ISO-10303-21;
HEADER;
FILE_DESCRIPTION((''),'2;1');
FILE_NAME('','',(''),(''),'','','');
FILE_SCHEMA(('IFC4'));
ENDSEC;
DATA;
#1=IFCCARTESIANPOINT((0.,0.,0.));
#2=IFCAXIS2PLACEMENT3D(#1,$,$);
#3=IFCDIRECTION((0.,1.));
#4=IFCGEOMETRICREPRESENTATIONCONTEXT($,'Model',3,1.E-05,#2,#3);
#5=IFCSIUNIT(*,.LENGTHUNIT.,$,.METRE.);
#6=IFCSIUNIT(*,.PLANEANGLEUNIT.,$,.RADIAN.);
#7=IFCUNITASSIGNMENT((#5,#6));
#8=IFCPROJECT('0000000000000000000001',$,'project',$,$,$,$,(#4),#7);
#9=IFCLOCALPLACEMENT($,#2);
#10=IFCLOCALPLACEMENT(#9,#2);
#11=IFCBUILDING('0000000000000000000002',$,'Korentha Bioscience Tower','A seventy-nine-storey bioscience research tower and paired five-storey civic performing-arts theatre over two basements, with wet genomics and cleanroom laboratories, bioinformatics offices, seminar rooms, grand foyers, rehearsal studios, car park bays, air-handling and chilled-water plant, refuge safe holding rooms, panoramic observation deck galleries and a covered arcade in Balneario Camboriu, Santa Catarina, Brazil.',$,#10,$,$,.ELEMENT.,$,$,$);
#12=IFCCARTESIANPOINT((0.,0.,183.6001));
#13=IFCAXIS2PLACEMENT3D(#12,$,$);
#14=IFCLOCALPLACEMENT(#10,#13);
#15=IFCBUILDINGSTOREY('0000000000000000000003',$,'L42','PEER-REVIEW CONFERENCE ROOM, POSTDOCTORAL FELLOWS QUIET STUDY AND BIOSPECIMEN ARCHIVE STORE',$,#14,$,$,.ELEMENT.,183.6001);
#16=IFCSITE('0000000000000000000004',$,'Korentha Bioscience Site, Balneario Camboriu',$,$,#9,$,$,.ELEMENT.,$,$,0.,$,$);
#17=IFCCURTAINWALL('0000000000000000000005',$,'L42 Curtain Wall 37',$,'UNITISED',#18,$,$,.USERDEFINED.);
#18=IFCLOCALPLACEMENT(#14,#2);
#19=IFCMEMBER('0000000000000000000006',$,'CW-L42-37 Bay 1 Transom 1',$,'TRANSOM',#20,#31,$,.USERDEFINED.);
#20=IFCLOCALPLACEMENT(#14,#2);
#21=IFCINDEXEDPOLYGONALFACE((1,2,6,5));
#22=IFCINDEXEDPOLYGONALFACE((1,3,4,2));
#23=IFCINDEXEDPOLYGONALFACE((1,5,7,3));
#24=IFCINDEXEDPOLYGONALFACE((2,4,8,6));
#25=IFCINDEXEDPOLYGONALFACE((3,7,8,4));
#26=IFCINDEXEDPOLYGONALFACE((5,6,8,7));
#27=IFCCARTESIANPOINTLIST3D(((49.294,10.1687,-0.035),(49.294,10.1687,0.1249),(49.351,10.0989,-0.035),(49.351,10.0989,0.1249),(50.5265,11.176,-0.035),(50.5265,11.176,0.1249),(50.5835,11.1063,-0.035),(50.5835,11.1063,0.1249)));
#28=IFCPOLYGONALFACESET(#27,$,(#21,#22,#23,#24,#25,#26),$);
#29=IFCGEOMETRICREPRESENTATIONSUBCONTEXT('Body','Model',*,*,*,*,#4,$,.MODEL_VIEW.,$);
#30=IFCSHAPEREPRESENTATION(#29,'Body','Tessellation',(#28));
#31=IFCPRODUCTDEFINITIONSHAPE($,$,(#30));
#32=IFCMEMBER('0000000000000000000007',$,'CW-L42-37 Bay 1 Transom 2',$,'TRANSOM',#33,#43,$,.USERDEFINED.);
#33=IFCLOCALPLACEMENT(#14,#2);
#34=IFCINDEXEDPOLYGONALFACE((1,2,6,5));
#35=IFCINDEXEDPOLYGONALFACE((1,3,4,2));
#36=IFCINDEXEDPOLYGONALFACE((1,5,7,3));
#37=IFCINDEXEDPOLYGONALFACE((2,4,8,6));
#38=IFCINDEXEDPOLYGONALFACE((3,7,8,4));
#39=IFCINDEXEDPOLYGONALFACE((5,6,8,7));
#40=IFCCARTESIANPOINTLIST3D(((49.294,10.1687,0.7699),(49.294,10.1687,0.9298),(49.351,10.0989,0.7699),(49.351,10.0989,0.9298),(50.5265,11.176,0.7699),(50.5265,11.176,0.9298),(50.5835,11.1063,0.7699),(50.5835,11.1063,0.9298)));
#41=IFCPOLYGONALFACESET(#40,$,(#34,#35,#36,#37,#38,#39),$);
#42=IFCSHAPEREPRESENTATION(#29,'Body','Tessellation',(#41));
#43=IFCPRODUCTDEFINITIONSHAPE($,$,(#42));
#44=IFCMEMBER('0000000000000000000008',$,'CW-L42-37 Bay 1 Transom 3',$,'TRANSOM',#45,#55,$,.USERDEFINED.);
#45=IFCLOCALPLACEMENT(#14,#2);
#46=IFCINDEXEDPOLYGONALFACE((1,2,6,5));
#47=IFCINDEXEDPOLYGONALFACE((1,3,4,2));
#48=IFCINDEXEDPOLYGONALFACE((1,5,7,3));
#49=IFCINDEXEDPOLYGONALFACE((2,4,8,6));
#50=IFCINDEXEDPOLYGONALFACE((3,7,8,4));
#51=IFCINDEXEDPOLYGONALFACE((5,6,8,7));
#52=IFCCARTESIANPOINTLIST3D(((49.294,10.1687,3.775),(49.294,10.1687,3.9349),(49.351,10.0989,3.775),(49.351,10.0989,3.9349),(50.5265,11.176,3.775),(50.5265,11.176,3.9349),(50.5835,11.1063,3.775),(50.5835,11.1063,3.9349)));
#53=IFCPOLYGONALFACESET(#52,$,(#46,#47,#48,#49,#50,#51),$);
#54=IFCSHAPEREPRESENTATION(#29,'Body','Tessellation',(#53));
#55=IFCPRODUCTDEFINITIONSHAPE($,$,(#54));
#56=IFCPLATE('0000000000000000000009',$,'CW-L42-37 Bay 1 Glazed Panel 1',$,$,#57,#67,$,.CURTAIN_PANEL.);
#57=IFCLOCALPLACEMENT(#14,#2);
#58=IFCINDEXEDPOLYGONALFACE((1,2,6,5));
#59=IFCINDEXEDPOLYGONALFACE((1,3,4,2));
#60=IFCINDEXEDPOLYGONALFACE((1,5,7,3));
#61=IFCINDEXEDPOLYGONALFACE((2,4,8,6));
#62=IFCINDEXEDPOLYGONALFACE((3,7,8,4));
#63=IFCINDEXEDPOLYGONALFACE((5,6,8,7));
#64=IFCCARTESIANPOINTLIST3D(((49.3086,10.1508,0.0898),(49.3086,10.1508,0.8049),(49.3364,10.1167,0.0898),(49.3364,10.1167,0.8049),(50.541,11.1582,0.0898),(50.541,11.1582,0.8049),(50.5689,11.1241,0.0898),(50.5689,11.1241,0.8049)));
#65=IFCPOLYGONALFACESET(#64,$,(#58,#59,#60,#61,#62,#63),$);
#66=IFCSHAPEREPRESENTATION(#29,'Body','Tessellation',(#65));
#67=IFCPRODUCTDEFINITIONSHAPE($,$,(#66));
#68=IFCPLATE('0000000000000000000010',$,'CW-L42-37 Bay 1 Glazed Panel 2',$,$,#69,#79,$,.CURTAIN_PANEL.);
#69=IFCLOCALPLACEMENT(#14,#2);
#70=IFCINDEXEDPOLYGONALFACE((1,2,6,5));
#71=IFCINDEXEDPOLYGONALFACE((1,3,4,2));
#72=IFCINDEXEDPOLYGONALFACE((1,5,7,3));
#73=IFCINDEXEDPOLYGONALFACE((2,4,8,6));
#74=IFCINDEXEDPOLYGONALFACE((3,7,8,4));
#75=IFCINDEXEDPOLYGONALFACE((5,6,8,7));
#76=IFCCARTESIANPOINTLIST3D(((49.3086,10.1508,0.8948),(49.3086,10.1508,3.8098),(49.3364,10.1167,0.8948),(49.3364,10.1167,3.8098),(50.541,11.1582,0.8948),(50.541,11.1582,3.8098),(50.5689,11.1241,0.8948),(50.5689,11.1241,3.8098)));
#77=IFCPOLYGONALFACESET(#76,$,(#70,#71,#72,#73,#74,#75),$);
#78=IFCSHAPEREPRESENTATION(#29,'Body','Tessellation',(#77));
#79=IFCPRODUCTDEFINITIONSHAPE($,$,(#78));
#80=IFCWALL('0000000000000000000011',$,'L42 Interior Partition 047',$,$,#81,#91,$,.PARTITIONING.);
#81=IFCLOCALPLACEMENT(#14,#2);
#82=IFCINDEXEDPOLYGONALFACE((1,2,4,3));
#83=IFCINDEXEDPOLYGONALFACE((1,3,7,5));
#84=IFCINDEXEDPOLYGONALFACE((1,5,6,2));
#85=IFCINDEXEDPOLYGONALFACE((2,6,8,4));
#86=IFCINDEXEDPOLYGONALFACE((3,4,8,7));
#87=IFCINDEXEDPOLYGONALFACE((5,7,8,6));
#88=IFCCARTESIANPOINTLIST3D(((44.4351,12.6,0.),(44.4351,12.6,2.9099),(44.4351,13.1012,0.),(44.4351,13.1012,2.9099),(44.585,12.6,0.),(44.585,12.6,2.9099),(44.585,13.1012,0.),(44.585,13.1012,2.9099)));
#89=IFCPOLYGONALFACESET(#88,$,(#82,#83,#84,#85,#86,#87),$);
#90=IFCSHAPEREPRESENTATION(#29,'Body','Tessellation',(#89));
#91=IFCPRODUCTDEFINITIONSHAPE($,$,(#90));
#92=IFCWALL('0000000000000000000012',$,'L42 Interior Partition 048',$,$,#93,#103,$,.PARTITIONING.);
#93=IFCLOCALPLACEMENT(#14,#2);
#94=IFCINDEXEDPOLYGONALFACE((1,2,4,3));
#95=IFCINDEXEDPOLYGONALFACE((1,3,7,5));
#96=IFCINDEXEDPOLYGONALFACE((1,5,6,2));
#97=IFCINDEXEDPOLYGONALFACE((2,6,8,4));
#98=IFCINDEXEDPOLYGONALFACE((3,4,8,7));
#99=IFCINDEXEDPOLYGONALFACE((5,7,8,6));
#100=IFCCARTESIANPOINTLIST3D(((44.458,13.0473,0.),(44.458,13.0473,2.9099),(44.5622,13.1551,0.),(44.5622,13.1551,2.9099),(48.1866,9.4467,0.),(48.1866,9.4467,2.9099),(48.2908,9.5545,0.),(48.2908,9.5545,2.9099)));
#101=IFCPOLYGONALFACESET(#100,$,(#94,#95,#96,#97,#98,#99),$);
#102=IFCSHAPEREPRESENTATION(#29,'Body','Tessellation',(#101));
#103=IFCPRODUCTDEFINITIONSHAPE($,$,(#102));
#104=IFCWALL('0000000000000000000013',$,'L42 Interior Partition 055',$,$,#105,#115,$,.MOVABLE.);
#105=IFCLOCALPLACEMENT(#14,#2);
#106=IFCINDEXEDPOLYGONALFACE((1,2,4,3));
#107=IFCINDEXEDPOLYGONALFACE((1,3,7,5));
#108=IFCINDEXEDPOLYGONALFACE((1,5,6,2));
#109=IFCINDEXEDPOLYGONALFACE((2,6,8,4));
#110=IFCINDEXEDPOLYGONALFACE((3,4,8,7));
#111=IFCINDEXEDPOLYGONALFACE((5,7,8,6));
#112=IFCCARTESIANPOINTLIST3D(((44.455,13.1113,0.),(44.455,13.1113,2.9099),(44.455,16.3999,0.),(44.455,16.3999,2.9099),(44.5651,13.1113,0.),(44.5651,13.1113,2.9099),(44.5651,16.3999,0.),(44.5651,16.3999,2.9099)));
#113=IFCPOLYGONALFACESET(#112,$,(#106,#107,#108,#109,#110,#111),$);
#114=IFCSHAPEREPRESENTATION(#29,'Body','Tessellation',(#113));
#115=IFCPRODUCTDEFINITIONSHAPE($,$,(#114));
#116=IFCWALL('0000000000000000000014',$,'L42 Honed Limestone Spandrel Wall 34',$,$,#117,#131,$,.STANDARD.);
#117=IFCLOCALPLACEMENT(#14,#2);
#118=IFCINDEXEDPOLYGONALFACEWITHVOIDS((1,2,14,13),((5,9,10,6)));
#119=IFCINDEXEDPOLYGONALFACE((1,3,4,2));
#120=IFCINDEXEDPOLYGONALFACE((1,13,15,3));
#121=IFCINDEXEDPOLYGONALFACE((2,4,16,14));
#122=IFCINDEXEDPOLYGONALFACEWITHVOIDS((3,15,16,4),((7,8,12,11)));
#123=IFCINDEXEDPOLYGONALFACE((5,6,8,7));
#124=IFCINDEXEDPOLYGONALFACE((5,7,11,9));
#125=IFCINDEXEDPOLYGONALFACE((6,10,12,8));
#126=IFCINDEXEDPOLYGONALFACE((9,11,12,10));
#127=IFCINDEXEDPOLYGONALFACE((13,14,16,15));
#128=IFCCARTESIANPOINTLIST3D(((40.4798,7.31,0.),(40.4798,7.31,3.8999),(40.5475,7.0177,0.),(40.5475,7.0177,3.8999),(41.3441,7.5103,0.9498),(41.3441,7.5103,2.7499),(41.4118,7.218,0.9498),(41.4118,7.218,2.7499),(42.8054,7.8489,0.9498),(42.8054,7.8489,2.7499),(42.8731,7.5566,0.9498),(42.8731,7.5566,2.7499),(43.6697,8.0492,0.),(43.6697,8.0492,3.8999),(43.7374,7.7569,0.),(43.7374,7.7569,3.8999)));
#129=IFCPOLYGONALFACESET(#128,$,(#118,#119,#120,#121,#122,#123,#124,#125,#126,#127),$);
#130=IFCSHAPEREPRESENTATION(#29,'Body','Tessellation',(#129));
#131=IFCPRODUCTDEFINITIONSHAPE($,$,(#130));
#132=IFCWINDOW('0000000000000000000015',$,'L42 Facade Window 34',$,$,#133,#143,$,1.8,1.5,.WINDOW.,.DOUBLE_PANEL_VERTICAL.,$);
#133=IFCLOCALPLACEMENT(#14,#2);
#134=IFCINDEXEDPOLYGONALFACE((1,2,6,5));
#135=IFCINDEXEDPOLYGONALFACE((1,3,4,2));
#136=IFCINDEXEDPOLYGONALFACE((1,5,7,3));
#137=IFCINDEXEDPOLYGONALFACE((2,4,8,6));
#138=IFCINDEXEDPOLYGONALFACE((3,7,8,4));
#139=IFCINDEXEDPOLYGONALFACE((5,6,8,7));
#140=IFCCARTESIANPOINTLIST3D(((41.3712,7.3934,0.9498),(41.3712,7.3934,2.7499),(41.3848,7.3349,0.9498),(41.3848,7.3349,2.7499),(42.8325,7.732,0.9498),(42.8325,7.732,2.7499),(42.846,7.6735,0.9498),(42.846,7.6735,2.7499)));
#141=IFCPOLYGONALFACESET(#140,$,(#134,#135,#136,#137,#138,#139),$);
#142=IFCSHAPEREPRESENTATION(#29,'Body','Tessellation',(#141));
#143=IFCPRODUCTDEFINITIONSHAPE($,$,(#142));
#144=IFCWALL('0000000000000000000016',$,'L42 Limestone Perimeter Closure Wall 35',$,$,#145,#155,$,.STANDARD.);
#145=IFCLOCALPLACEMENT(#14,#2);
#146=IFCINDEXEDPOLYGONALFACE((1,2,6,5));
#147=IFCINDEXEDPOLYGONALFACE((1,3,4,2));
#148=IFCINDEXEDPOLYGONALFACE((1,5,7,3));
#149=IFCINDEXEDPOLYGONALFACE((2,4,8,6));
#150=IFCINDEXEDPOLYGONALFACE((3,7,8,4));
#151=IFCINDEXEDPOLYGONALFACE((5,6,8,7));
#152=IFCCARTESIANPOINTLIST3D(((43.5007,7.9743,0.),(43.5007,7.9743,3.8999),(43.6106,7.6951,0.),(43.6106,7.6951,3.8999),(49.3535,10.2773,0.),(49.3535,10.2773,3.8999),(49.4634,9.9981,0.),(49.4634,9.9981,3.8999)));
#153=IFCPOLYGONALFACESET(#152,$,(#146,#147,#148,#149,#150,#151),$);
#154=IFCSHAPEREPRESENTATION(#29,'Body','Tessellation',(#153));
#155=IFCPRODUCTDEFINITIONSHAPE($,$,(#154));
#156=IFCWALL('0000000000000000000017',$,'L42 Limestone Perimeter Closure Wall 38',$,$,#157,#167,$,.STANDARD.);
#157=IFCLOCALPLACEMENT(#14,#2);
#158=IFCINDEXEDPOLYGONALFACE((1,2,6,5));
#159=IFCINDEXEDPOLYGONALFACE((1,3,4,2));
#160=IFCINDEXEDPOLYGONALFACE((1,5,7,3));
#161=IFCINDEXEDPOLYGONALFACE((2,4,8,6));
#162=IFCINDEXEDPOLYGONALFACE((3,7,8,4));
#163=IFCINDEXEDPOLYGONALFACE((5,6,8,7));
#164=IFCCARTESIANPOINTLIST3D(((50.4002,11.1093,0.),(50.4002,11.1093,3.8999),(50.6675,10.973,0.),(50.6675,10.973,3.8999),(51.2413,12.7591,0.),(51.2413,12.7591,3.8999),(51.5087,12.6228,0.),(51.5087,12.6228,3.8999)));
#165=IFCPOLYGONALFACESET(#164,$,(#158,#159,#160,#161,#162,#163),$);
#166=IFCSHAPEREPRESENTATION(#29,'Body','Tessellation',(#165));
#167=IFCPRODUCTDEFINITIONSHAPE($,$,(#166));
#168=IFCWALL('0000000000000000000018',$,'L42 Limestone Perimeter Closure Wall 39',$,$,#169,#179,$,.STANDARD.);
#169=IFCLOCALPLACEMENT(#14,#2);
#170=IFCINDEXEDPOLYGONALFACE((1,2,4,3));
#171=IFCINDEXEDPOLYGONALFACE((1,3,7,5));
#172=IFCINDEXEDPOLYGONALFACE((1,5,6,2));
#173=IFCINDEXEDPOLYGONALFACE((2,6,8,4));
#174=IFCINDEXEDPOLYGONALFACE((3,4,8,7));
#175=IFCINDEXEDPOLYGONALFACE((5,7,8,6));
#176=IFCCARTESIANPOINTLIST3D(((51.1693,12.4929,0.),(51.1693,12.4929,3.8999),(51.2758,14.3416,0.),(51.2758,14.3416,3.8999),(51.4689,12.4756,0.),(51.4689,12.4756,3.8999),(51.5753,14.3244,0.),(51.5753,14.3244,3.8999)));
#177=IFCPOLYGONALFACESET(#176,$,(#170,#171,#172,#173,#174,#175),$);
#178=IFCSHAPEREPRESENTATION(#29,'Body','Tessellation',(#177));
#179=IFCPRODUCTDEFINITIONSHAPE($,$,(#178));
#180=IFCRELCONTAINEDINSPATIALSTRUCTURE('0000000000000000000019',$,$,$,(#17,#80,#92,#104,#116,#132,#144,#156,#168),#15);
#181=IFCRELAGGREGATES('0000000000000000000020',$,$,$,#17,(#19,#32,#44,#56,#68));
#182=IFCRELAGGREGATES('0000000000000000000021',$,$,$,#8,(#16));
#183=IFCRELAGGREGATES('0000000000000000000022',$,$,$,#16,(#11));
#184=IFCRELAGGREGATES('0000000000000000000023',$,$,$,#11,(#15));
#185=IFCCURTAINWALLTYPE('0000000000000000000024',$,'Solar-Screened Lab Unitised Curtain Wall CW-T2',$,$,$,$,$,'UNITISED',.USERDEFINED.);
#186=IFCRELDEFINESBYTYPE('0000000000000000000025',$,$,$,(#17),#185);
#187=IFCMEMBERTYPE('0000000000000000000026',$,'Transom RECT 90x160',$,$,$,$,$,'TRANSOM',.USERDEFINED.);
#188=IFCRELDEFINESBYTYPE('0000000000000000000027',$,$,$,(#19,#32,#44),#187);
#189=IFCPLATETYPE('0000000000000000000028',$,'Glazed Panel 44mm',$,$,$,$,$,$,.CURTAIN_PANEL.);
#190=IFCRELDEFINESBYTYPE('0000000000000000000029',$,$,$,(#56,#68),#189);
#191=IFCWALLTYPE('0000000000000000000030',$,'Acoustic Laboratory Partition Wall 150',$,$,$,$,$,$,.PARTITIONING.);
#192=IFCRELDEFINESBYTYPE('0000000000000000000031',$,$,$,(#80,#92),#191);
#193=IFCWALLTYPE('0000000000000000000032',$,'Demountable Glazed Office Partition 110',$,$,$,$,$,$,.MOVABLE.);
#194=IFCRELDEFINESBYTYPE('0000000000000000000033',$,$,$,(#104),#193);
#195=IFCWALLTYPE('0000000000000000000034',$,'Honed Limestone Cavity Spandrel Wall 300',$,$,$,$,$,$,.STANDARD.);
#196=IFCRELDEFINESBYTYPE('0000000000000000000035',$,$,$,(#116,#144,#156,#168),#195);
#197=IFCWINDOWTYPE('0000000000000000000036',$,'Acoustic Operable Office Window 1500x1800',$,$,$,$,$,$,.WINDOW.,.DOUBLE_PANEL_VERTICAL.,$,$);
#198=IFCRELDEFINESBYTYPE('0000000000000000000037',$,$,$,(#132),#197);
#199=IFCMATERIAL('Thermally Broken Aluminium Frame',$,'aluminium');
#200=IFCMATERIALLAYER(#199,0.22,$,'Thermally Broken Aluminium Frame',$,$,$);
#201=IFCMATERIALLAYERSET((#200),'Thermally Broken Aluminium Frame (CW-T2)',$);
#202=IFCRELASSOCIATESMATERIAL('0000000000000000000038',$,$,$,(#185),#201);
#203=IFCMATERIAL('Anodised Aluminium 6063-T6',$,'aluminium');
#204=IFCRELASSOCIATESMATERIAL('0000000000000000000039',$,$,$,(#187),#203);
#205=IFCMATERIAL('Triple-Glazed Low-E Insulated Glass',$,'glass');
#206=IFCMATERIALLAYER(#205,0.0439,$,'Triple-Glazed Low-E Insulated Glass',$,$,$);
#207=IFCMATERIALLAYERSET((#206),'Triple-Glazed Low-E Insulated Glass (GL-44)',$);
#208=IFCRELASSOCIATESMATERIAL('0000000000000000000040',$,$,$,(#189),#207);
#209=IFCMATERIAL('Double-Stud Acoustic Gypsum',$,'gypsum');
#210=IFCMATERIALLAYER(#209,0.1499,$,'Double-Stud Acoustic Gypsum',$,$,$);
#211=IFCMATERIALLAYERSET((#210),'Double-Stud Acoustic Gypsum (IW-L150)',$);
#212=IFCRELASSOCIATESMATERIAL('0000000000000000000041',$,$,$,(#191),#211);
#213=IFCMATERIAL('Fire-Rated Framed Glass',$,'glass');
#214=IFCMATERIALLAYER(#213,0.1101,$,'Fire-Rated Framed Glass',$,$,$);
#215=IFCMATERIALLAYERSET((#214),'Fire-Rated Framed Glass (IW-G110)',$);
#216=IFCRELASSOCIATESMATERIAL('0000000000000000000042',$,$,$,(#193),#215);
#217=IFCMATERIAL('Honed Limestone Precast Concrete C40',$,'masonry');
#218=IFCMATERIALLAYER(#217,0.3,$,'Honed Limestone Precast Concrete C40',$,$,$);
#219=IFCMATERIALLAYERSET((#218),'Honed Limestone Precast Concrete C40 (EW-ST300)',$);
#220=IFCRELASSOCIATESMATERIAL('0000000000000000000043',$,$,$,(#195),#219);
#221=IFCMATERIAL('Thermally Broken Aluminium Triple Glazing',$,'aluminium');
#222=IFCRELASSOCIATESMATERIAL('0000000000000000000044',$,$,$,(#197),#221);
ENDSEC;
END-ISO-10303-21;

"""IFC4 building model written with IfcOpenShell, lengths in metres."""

from ifc_helpers import new_model, si_unit, direction, frame, frame_2d, origin, origin_2d, place, context, subcontext, project, spatial, rectangle, extrude, material, layer, layer_set, material_profile, profile_set, type_object, element, fill, aggregate, save


model = new_model("IFC4")

# Units and contexts
model_context = context("Model", 3, precision=1e-05, world=origin(), true_north=direction((0.0, 1.0)))
body_context = subcontext(model_context, "Body", "Model", "MODEL_VIEW")
ifc_project = project(units=[si_unit("LENGTHUNIT", "METRE"), si_unit("PLANEANGLEUNIT", "RADIAN")], contexts=[model_context])

# Site, building, storey
site_placement = place(None, origin())
site = spatial("IfcSite", under=ifc_project, at=site_placement, Name="Korentha Bioscience Site, Balneario Camboriu", CompositionType="ELEMENT", RefElevation=0.0)
building_placement = place(site_placement, origin())
building = spatial("IfcBuilding", under=site, at=building_placement, Name="Korentha Bioscience Tower", Description="A seventy-nine-storey bioscience research tower and paired five-storey civic performing-arts theatre over two basements, with wet genomics and cleanroom laboratories, bioinformatics offices, seminar rooms, grand foyers, rehearsal studios, car park bays, air-handling and chilled-water plant, refuge safe holding rooms, panoramic observation deck galleries and a covered arcade in Balneario Camboriu, Santa Catarina, Brazil.", CompositionType="ELEMENT")
storey_placement = place(building_placement, frame((0.0, 0.0, 183.6001)))
storey = spatial("IfcBuildingStorey", under=building, at=storey_placement, Name="L42", Description="PEER-REVIEW CONFERENCE ROOM, POSTDOCTORAL FELLOWS QUIET STUDY AND BIOSPECIMEN ARCHIVE STORE", CompositionType="ELEMENT", Elevation=183.6001)

# Curtain wall
ifc_material_1 = material(Name="Thermally Broken Aluminium Frame", Category="aluminium")
ifc_layer_1 = layer(ifc_material_1, 0.22, Name="Thermally Broken Aluminium Frame")
ifc_layer_set_1 = layer_set([ifc_layer_1], Name="Thermally Broken Aluminium Frame (CW-T2)")
curtain_wall_type = type_object("IfcCurtainWallType", Name="Solar-Screened Lab Unitised Curtain Wall CW-T2", ElementType="UNITISED", PredefinedType="USERDEFINED", material=ifc_layer_set_1)
curtain_wall_placement = place(storey_placement, origin())
curtain_wall = element("IfcCurtainWall", 1, at=curtain_wall_placement, inside=storey, type_object=curtain_wall_type, Name="L42 Curtain Wall 37", ObjectType="UNITISED", PredefinedType="USERDEFINED")
ifc_material_2 = material(Name="Anodised Aluminium 6063-T6", Category="aluminium")

# Members
ifc_material_profile_1 = material_profile(ifc_material_2, rectangle(XDim=0.0901, YDim=0.1599, at=origin_2d()), Name="Anodised Aluminium 6063-T6")
ifc_profile_set_1 = profile_set([ifc_material_profile_1], Name="Anodised Aluminium 6063-T6 (CW-TRN)")
member_type_1 = type_object("IfcMemberType", Name="Transom RECT 90x160", ElementType="TRANSOM", PredefinedType="USERDEFINED", material=ifc_profile_set_1)
member_1_placement = place(storey_placement, frame((49.3225, 10.1338, 0.0449), z_axis=(0.774272, 0.632853, 0.0), x_axis=(-0.632853, 0.774272, 0.0)))
member_1 = element("IfcMember", 2, at=member_1_placement, type_object=member_type_1, Name="CW-L42-37 Bay 1 Transom 1", ObjectType="TRANSOM", PredefinedType="USERDEFINED", context=body_context, shape_type="SweptSolid", body=[
    extrude(rectangle(XDim=0.0901, YDim=0.1599, at=origin_2d()), origin(), (0.0, 0.0, 1.0), 1.5918),
])
member_2_placement = place(storey_placement, frame((49.3225, 10.1338, 0.8499), z_axis=(0.774272, 0.632853, 0.0), x_axis=(-0.632853, 0.774272, 0.0)))
member_2 = element("IfcMember", 3, at=member_2_placement, type_object=member_type_1, Name="CW-L42-37 Bay 1 Transom 2", ObjectType="TRANSOM", PredefinedType="USERDEFINED", context=body_context, shape_type="SweptSolid", body=[
    extrude(rectangle(XDim=0.0901, YDim=0.1599, at=origin_2d()), origin(), (0.0, 0.0, 1.0), 1.5918),
])
member_3_placement = place(storey_placement, frame((49.3225, 10.1338, 3.855), z_axis=(0.774272, 0.632853, 0.0), x_axis=(-0.632853, 0.774272, 0.0)))
member_3 = element("IfcMember", 4, at=member_3_placement, type_object=member_type_1, Name="CW-L42-37 Bay 1 Transom 3", ObjectType="TRANSOM", PredefinedType="USERDEFINED", context=body_context, shape_type="SweptSolid", body=[
    extrude(rectangle(XDim=0.0901, YDim=0.1599, at=origin_2d()), origin(), (0.0, 0.0, 1.0), 1.5918),
])

# Plates
ifc_material_3 = material(Name="Triple-Glazed Low-E Insulated Glass", Category="glass")
ifc_layer_2 = layer(ifc_material_3, 0.0439, Name="Triple-Glazed Low-E Insulated Glass")
ifc_layer_set_2 = layer_set([ifc_layer_2], Name="Triple-Glazed Low-E Insulated Glass (GL-44)")
plate_type = type_object("IfcPlateType", Name="Glazed Panel 44mm", PredefinedType="CURTAIN_PANEL", material=ifc_layer_set_2)
plate_1_placement = place(storey_placement, frame((49.9387, 10.6375, 0.0898), z_axis=(0.0, 0.0, 1.0), x_axis=(0.774256, 0.632872, 0.0)))
plate_1 = element("IfcPlate", 5, at=plate_1_placement, type_object=plate_type, Name="CW-L42-37 Bay 1 Glazed Panel 1", PredefinedType="CURTAIN_PANEL", context=body_context, shape_type="SweptSolid", body=[
    extrude(rectangle(XDim=1.5918, YDim=0.0439, at=origin_2d()), origin(), (0.0, 0.0, 1.0), 0.7151),
])
plate_2_placement = place(storey_placement, frame((49.9387, 10.6375, 0.8948), z_axis=(0.0, 0.0, 1.0), x_axis=(0.774256, 0.632872, 0.0)))
plate_2 = element("IfcPlate", 6, at=plate_2_placement, type_object=plate_type, Name="CW-L42-37 Bay 1 Glazed Panel 2", PredefinedType="CURTAIN_PANEL", context=body_context, shape_type="SweptSolid", body=[
    extrude(rectangle(XDim=1.5918, YDim=0.0439, at=origin_2d()), origin(), (0.0, 0.0, 1.0), 2.915),
])
aggregate(curtain_wall, [member_1, member_2, member_3, plate_1, plate_2])

# Walls
ifc_material_4 = material(Name="Double-Stud Acoustic Gypsum", Category="gypsum")
ifc_layer_3 = layer(ifc_material_4, 0.1499, Name="Double-Stud Acoustic Gypsum")
ifc_layer_set_3 = layer_set([ifc_layer_3], Name="Double-Stud Acoustic Gypsum (IW-L150)")
wall_type_1 = type_object("IfcWallType", Name="Acoustic Laboratory Partition Wall 150", PredefinedType="PARTITIONING", material=ifc_layer_set_3)
wall_1_placement = place(storey_placement, frame((44.51, 12.6001, 0.0), z_axis=(0.0, 0.0, 1.0), x_axis=(0.0, 1.0, 0.0)))
element("IfcWall", 7, at=wall_1_placement, inside=storey, type_object=wall_type_1, Name="L42 Interior Partition 047", PredefinedType="PARTITIONING", context=body_context, shape_type="SweptSolid", body=[
    extrude(rectangle(XDim=0.5012, YDim=0.1499, at=frame_2d((0.2505, 0.0))), origin(), (0.0, 0.0, 1.0), 2.9099),
])
wall_2_placement = place(storey_placement, frame((44.51, 13.1013, 0.0), z_axis=(0.0, 0.0, 1.0), x_axis=(0.71934, -0.694658, 0.0)))
element("IfcWall", 8, at=wall_2_placement, inside=storey, type_object=wall_type_1, Name="L42 Interior Partition 048", PredefinedType="PARTITIONING", context=body_context, shape_type="SweptSolid", body=[
    extrude(rectangle(XDim=5.1833, YDim=0.1499, at=frame_2d((2.5918, 0.0))), origin(), (0.0, 0.0, 1.0), 2.9099),
])
ifc_material_5 = material(Name="Fire-Rated Framed Glass", Category="glass")
ifc_layer_4 = layer(ifc_material_5, 0.1101, Name="Fire-Rated Framed Glass")
ifc_layer_set_4 = layer_set([ifc_layer_4], Name="Fire-Rated Framed Glass (IW-G110)")
wall_type_2 = type_object("IfcWallType", Name="Demountable Glazed Office Partition 110", PredefinedType="MOVABLE", material=ifc_layer_set_4)
wall_3_placement = place(storey_placement, frame((44.51, 13.1113, 0.0), z_axis=(0.0, 0.0, 1.0), x_axis=(0.0, 1.0, 0.0)))
element("IfcWall", 9, at=wall_3_placement, inside=storey, type_object=wall_type_2, Name="L42 Interior Partition 055", PredefinedType="MOVABLE", context=body_context, shape_type="SweptSolid", body=[
    extrude(rectangle(XDim=3.2886, YDim=0.1101, at=frame_2d((1.6443, 0.0))), origin(), (0.0, 0.0, 1.0), 2.9099),
])

# Wall, opening, window
ifc_material_6 = material(Name="Honed Limestone Precast Concrete C40", Category="masonry")
ifc_layer_5 = layer(ifc_material_6, 0.3, Name="Honed Limestone Precast Concrete C40")
ifc_layer_set_5 = layer_set([ifc_layer_5], Name="Honed Limestone Precast Concrete C40 (EW-ST300)")
wall_type_3 = type_object("IfcWallType", Name="Honed Limestone Cavity Spandrel Wall 300", PredefinedType="STANDARD", material=ifc_layer_set_5)
wall_4_placement = place(storey_placement, frame((40.5137, 7.1638, 0.0), z_axis=(0.0, 0.0, 1.0), x_axis=(0.974182, 0.225763, 0.0)))
wall_4 = element("IfcWall", 10, at=wall_4_placement, inside=storey, type_object=wall_type_3, Name="L42 Honed Limestone Spandrel Wall 34", PredefinedType="STANDARD", context=body_context, shape_type="SweptSolid", body=[
    extrude(rectangle(XDim=3.2744, YDim=0.3, at=frame_2d((1.6372, 0.0))), origin(), (0.0, 0.0, 1.0), 3.8999),
])
opening_placement = place(wall_4_placement, frame((0.8872, 0.0, 0.95)))
opening = element("IfcOpeningElement", 11, at=opening_placement, cuts=wall_4, PredefinedType="OPENING", context=body_context, shape_type="SweptSolid", body=[
    extrude(rectangle(XDim=1.5, YDim=1.8, at=frame_2d((0.75, 0.8999))), frame((0.0, 0.165, 0.0), z_axis=(0.0, -1.0, 0.0), x_axis=(1.0, 0.0, 0.0)), (0.0, 0.0, 1.0), 0.3298),
])
ifc_material_7 = material(Name="Thermally Broken Aluminium Triple Glazing", Category="aluminium")
window_type = type_object("IfcWindowType", Name="Acoustic Operable Office Window 1500x1800", PartitioningType="DOUBLE_PANEL_VERTICAL", PredefinedType="WINDOW", material=ifc_material_7)
window_placement = place(opening_placement, origin())
window = element("IfcWindow", 12, at=window_placement, inside=storey, type_object=window_type, Name="L42 Facade Window 34", OverallHeight=1.8, OverallWidth=1.5, PartitioningType="DOUBLE_PANEL_VERTICAL", PredefinedType="WINDOW", context=body_context, shape_type="SweptSolid", body=[
    extrude(rectangle(XDim=1.5, YDim=1.8, at=frame_2d((0.75, 0.8999))), frame((0.0, 0.03, 0.0), z_axis=(0.0, -1.0, 0.0), x_axis=(1.0, 0.0, 0.0)), (0.0, 0.0, 1.0), 0.0601),
])
fill(opening, window)

# Walls
wall_5_placement = place(storey_placement, frame((43.5557, 7.8347, 0.0), z_axis=(0.0, 0.0, 1.0), x_axis=(0.930553, 0.366158, 0.0)))
element("IfcWall", 13, at=wall_5_placement, inside=storey, type_object=wall_type_3, Name="L42 Limestone Perimeter Closure Wall 35", PredefinedType="STANDARD", context=body_context, shape_type="SweptSolid", body=[
    extrude(rectangle(XDim=6.2896, YDim=0.3, at=frame_2d((3.1448, 0.0))), origin(), (0.0, 0.0, 1.0), 3.8999),
])
for number, where, z_axis, x_axis, name in (
    (14, (50.5339, 11.0413, 0.0), (0.0, 0.0, 1.0), (0.454214, 0.890893, 0.0), "L42 Limestone Perimeter Closure Wall 38"),
    (15, (51.3191, 12.4844, 0.0), (0.0, 0.0, 1.0), (0.057485, 0.998346, 0.0), "L42 Limestone Perimeter Closure Wall 39"),
):
    element("IfcWall", number, at=place(storey_placement, frame(where, z_axis=z_axis, x_axis=x_axis)), inside=storey, type_object=wall_type_3, Name=name, PredefinedType="STANDARD", context=body_context, shape_type="SweptSolid", body=[
        extrude(rectangle(XDim=1.8518, YDim=0.3, at=frame_2d((0.9258, 0.0))), origin(), (0.0, 0.0, 1.0), 3.8999),
    ])

save(model, "model.ifc")
